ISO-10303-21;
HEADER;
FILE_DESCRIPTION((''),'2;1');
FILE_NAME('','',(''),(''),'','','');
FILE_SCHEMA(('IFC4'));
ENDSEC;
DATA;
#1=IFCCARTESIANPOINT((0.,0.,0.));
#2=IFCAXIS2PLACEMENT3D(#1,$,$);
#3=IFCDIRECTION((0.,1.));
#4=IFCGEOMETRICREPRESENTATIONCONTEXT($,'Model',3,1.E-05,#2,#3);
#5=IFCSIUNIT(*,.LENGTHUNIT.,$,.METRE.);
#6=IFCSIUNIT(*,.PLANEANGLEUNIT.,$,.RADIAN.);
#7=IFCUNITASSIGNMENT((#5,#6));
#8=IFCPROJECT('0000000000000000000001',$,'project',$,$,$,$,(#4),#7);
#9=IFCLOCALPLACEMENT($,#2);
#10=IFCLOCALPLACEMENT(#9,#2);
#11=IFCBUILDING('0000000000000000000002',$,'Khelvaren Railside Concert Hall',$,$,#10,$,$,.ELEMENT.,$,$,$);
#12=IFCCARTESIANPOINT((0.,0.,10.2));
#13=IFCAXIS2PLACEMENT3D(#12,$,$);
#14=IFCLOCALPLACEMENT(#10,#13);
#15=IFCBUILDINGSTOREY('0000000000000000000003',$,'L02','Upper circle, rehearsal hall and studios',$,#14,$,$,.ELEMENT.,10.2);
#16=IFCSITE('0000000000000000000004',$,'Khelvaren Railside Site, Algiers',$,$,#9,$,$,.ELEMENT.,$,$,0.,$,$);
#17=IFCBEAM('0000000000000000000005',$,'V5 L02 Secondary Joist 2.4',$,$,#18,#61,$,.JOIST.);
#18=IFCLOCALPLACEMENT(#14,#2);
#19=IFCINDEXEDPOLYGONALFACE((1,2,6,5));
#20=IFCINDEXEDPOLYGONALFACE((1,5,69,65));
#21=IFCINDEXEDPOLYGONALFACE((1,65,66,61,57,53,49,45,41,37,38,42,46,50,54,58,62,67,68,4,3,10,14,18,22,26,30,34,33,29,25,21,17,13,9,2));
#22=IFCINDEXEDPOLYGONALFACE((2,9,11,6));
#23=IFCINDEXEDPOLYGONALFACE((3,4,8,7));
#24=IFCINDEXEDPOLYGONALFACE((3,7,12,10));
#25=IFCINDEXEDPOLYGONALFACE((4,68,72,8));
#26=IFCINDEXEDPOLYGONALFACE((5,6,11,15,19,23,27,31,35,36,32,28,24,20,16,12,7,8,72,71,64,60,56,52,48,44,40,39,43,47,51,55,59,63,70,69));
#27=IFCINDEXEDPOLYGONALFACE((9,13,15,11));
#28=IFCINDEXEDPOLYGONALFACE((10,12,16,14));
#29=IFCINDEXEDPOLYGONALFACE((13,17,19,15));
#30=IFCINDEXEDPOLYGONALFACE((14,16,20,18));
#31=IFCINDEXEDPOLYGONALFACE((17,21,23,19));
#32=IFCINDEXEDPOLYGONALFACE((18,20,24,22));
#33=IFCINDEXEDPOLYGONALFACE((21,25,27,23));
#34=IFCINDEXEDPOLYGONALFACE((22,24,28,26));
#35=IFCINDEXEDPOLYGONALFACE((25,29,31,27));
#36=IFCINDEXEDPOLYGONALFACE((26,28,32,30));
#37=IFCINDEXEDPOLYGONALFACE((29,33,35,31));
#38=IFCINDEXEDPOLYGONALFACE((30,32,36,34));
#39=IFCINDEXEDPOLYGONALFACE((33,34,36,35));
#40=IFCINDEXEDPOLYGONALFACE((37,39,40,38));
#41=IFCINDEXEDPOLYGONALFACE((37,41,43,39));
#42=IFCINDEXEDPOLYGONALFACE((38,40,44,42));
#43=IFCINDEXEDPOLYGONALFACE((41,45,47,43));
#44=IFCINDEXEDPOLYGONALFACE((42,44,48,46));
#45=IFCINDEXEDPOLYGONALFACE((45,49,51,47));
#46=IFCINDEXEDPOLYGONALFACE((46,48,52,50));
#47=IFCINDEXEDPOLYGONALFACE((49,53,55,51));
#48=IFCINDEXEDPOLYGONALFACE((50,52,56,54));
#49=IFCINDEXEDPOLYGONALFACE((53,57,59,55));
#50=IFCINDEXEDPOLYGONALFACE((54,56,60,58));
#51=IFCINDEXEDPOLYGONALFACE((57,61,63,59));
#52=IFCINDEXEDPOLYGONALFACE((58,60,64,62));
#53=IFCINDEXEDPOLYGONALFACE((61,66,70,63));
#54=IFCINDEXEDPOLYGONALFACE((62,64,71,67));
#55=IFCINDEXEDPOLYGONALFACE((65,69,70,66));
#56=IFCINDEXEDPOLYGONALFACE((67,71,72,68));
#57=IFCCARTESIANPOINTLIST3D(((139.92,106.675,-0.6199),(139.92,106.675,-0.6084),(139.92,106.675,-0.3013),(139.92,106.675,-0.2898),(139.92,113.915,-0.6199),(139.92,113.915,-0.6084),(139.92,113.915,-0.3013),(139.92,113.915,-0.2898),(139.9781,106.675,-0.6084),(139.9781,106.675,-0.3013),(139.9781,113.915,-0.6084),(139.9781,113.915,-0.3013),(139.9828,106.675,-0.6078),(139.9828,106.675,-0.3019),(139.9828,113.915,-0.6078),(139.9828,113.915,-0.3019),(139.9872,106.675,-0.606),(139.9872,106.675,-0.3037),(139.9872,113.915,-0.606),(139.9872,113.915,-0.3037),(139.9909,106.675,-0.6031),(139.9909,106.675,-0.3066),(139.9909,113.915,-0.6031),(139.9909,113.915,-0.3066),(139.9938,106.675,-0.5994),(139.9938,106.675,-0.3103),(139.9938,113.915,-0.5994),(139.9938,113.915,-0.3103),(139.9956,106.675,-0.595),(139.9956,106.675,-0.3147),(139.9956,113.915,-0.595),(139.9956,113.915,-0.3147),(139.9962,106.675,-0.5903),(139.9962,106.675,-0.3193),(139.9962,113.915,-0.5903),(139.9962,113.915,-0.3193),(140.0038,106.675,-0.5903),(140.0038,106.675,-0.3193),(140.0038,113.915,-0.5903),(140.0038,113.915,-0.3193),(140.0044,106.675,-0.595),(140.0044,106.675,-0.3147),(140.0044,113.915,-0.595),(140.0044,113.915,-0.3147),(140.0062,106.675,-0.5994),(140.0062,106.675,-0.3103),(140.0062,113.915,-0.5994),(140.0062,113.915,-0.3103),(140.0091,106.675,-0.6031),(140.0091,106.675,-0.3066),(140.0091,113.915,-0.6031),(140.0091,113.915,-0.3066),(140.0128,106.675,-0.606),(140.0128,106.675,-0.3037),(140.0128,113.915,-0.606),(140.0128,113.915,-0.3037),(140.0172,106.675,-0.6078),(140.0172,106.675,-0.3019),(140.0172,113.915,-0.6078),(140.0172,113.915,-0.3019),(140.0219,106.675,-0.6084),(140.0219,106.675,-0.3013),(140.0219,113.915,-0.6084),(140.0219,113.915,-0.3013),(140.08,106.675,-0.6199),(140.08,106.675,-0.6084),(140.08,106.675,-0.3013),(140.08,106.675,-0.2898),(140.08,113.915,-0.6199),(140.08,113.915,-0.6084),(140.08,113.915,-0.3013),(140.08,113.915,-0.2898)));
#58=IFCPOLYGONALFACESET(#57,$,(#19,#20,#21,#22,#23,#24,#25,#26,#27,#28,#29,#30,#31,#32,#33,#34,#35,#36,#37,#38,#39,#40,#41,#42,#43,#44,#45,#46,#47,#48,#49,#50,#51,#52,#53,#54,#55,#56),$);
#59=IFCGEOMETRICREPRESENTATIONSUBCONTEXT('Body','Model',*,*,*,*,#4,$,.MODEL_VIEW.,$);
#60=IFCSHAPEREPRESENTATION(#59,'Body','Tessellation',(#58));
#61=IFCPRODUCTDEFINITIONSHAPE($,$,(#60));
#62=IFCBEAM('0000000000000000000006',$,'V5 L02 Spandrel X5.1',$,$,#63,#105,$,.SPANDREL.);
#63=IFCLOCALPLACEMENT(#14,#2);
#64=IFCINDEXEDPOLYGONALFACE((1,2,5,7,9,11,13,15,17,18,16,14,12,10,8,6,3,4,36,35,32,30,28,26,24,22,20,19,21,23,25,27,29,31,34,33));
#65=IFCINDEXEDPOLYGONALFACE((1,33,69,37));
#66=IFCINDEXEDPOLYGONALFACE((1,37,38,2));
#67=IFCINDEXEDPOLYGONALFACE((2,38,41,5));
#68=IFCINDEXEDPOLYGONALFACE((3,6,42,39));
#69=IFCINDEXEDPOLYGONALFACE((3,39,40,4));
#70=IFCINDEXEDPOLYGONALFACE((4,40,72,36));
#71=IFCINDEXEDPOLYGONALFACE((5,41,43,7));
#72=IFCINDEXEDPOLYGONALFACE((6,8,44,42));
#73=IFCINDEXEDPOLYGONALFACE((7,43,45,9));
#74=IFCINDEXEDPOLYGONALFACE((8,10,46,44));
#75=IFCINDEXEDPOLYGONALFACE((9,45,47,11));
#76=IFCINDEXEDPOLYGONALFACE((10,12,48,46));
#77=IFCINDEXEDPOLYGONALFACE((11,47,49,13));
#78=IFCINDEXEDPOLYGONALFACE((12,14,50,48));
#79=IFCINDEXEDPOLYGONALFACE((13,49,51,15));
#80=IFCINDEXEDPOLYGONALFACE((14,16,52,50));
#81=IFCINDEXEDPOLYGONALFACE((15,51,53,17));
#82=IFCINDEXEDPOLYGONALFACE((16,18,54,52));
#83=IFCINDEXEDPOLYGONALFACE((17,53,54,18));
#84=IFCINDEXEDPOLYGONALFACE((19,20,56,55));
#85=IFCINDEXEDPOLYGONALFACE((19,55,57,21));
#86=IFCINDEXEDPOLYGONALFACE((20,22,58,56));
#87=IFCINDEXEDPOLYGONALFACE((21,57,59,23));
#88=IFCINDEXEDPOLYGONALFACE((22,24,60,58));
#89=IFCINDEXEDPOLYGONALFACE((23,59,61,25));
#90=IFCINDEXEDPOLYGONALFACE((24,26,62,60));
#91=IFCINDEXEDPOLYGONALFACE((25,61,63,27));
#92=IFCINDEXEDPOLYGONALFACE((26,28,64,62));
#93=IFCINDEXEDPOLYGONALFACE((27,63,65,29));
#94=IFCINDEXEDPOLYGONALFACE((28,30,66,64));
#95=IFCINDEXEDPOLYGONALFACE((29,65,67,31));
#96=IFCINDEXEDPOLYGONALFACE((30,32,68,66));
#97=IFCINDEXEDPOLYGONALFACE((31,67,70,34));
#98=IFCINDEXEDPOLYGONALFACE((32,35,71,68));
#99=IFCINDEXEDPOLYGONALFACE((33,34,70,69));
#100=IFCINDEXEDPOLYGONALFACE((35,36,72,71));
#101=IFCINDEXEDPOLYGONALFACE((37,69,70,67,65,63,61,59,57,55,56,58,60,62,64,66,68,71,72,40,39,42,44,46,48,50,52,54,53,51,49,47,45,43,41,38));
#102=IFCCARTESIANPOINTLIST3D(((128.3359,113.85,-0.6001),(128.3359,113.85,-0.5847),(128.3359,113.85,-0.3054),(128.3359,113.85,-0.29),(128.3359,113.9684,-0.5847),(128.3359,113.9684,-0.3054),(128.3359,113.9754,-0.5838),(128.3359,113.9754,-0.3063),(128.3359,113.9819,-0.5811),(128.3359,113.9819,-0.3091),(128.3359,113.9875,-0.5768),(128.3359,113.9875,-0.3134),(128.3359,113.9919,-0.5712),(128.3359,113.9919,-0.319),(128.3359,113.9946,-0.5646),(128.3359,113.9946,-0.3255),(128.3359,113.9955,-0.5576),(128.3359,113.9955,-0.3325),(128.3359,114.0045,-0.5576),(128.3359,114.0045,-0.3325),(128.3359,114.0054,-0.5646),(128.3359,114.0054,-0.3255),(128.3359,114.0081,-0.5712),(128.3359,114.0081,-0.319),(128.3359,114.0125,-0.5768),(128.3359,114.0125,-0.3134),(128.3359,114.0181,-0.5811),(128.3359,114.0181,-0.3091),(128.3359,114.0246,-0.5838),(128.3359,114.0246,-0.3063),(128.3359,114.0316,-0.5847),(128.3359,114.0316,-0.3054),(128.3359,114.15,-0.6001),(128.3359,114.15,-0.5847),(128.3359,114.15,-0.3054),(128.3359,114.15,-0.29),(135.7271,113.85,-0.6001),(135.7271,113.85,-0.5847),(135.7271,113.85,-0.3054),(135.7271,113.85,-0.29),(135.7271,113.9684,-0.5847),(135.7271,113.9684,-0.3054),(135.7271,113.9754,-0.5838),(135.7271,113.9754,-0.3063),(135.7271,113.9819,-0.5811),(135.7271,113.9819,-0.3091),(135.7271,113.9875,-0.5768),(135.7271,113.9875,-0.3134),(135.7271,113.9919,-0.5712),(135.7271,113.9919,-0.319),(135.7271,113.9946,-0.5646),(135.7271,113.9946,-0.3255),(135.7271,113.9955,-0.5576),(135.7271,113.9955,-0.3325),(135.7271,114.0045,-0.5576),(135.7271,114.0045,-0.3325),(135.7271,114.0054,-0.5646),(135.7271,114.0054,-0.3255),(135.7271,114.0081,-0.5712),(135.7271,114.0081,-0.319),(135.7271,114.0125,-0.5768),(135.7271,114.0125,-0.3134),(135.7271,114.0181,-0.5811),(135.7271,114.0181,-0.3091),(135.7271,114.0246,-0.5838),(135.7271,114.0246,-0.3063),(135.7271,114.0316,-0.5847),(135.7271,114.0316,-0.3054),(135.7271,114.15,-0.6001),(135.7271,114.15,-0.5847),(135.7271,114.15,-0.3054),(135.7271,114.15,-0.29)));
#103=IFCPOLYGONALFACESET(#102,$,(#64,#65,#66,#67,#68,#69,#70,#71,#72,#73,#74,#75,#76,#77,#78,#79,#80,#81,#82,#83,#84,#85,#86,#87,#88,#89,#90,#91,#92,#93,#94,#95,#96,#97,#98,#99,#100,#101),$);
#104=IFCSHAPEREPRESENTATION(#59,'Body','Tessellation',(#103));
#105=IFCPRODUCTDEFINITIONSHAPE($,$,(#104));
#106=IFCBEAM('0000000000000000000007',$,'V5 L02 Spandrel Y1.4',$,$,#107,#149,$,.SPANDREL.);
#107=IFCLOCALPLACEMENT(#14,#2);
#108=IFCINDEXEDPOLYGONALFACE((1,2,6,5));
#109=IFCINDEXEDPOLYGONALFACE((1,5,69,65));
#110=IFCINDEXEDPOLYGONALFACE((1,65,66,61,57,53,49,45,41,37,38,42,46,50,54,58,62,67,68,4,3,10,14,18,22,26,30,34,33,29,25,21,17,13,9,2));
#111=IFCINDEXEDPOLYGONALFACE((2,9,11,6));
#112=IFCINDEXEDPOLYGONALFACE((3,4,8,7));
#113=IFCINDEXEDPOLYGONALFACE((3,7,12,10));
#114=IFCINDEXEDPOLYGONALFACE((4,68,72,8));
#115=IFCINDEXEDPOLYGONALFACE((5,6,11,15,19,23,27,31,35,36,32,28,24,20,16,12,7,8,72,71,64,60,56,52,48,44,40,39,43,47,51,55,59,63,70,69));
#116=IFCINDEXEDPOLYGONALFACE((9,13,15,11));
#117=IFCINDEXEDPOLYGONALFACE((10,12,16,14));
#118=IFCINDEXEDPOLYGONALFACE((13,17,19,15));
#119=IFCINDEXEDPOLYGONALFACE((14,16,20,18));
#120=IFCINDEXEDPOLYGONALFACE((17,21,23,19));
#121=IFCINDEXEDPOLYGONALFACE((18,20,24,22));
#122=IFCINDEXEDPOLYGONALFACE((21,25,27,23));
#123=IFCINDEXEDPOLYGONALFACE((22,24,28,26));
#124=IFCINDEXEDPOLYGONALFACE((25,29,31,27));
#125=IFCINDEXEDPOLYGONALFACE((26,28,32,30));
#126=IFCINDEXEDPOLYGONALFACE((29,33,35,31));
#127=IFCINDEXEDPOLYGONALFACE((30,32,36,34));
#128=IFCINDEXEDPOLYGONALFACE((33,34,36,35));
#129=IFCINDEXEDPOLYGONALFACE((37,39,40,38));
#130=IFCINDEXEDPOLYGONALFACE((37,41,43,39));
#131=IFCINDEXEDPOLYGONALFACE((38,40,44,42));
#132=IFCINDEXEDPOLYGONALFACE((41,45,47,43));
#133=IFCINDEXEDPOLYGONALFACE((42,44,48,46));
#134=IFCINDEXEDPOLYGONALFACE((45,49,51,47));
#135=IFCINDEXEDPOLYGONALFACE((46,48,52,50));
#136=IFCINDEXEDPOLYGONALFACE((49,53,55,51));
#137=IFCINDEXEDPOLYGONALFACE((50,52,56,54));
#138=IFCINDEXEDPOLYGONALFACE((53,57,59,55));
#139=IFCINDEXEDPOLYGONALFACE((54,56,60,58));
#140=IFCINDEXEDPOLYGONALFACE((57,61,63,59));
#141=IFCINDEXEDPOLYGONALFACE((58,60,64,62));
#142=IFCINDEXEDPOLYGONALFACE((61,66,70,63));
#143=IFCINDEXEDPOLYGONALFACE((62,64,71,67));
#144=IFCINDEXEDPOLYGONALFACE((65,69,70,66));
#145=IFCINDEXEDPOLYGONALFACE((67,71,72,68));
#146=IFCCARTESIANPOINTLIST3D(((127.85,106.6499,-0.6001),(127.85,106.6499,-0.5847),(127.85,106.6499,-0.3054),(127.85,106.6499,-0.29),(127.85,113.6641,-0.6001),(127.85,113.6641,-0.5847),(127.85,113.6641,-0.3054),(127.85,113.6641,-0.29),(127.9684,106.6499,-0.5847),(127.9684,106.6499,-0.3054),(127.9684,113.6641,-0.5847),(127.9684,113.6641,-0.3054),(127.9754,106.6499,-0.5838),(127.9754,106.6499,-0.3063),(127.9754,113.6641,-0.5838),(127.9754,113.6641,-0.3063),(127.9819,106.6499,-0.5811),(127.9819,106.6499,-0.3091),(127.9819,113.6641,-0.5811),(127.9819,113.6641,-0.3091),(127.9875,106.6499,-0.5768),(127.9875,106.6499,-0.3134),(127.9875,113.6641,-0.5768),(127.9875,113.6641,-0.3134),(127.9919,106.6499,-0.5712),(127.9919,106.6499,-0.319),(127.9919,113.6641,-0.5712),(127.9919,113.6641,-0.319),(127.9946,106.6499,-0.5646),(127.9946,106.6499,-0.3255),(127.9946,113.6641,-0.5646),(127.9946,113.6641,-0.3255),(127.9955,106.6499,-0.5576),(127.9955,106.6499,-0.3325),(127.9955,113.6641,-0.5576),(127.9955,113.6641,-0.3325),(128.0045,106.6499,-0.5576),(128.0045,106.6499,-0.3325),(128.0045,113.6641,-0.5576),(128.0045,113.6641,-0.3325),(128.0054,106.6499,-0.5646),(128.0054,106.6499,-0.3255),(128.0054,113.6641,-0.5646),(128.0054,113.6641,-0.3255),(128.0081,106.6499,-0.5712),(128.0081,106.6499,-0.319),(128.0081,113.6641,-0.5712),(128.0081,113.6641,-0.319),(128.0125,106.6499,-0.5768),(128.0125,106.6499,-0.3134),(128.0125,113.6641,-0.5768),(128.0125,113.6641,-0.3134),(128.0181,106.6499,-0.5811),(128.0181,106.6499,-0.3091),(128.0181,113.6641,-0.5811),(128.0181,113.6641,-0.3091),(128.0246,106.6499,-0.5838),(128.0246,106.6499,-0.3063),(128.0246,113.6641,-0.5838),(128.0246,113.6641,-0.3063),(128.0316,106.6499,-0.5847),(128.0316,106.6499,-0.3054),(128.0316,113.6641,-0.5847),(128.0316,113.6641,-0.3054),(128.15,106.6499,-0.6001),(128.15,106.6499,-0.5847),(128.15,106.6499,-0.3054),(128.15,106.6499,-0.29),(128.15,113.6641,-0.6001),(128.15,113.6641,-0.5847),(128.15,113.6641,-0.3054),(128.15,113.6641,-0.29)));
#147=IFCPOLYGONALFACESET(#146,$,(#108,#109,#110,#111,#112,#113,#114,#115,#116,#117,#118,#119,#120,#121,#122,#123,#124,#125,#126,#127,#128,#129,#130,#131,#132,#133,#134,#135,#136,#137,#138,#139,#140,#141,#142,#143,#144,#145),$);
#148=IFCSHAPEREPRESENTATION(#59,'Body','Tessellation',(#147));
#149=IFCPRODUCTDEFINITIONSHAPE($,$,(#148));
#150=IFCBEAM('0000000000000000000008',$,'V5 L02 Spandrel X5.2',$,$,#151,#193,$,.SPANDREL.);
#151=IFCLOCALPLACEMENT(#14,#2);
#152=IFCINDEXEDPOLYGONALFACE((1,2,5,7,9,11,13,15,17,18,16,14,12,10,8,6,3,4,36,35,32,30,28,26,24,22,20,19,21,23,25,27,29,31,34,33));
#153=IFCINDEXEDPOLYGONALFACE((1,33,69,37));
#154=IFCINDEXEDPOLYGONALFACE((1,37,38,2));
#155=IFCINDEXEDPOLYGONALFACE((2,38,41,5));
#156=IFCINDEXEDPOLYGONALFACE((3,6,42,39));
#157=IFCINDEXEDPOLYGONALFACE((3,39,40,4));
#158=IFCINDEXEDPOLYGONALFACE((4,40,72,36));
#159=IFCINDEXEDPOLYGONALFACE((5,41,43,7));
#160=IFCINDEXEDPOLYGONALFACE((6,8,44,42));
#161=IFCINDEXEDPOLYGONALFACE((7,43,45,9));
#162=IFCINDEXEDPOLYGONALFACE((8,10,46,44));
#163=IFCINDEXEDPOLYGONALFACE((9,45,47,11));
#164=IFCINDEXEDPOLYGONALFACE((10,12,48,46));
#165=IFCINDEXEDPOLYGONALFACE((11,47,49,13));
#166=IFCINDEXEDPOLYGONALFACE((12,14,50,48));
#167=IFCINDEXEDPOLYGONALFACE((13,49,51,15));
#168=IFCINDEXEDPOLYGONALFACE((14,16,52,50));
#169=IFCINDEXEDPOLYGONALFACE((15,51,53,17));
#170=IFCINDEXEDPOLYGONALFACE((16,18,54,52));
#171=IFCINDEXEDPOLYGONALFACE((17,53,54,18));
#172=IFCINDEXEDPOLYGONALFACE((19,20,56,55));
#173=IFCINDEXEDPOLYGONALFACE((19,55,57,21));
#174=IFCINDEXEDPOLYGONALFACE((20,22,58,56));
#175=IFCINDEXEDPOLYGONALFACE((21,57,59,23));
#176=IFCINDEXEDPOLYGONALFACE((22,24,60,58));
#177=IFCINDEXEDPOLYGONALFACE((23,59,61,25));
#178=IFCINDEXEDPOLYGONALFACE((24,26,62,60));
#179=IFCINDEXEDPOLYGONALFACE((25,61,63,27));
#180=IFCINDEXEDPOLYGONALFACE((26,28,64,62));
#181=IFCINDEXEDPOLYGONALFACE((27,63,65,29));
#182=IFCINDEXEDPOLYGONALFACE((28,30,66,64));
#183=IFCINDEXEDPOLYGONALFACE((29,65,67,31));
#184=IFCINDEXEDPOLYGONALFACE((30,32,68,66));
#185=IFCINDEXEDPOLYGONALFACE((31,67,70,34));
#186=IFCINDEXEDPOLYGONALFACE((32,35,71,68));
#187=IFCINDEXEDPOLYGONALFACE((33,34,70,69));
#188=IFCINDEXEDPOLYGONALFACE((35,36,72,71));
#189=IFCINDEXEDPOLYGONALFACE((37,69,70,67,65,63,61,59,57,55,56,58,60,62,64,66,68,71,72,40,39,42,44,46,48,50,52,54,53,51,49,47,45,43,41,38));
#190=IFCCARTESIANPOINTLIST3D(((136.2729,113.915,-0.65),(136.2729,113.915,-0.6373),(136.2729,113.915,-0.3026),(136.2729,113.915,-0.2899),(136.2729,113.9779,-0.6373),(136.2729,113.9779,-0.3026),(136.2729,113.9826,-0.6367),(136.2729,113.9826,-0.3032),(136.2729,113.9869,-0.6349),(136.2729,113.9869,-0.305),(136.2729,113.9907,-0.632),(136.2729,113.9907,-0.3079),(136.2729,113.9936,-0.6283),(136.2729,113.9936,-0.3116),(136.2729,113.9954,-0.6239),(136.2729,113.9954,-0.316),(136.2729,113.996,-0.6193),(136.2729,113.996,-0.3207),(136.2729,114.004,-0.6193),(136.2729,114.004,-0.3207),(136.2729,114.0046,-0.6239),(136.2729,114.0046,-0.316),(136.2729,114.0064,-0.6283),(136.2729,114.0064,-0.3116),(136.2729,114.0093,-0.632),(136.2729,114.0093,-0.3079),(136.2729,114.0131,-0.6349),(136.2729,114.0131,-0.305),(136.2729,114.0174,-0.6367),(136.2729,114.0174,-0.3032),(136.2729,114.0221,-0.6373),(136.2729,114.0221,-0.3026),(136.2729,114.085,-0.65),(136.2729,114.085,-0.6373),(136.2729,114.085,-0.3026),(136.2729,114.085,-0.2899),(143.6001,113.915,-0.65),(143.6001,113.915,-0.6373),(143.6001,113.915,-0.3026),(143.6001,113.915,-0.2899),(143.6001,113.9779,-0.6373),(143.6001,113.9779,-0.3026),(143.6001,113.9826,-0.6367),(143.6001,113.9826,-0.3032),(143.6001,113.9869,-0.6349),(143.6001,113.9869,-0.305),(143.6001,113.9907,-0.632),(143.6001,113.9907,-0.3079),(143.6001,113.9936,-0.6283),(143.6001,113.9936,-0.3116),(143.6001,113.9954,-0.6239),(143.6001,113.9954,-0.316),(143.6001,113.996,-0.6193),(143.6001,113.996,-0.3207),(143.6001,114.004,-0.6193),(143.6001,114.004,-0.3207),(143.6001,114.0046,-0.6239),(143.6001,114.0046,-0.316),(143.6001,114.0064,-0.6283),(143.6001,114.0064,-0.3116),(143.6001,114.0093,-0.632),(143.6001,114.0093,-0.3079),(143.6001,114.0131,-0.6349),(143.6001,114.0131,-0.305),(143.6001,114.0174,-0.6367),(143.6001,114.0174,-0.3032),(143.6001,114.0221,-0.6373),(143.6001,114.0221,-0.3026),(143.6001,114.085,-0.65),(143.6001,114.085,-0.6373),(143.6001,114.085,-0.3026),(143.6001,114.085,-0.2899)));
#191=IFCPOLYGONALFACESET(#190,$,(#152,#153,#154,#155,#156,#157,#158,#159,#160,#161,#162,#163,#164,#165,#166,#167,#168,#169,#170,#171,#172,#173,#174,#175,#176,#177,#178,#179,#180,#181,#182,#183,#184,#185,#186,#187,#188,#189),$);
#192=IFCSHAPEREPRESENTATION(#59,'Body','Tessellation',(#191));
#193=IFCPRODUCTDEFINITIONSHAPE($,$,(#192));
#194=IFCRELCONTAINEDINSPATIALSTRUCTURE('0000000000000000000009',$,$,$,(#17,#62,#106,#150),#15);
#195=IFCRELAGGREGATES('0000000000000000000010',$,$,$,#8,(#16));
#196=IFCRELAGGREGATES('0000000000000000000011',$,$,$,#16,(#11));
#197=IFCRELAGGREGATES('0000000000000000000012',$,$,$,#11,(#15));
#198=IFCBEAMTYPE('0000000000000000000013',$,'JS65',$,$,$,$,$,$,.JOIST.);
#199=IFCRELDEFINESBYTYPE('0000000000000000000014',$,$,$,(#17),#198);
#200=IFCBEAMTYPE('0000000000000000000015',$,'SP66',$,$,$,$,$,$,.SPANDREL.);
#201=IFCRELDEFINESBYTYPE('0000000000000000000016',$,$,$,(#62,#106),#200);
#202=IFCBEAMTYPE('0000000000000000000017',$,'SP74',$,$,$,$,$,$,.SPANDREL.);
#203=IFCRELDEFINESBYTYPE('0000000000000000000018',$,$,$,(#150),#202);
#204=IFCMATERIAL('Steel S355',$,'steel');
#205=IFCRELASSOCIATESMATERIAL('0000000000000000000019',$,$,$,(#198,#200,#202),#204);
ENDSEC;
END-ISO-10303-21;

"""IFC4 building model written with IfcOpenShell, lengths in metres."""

from ifc_helpers import new_model, si_unit, direction, frame, origin, origin_2d, place, context, subcontext, project, spatial, i_section, extrude, material, material_profile, profile_set, type_object, element, save


model = new_model("IFC4")

# Units and contexts
model_context = context("Model", 3, precision=1e-05, world=origin(), true_north=direction((0.0, 1.0)))
body_context = subcontext(model_context, "Body", "Model", "MODEL_VIEW")
ifc_project = project(units=[si_unit("LENGTHUNIT", "METRE"), si_unit("PLANEANGLEUNIT", "RADIAN")], contexts=[model_context])

# Site, building, storey
site_placement = place(None, origin())
site = spatial("IfcSite", under=ifc_project, at=site_placement, Name="Khelvaren Railside Site, Algiers", CompositionType="ELEMENT", RefElevation=0.0)
building_placement = place(site_placement, origin())
building = spatial("IfcBuilding", under=site, at=building_placement, Name="Khelvaren Railside Concert Hall", CompositionType="ELEMENT")
storey_placement = place(building_placement, frame((0.0, 0.0, 10.2)))
storey = spatial("IfcBuildingStorey", under=building, at=storey_placement, Name="L02", Description="Upper circle, rehearsal hall and studios", CompositionType="ELEMENT", Elevation=10.2)

# Beams
ifc_material_1 = material(Name="Steel S355", Category="steel")
ifc_material_profile_1 = material_profile(ifc_material_1, i_section(OverallWidth=0.1599, OverallDepth=0.3301, WebThickness=0.0076, FlangeThickness=0.0115, FilletRadius=0.0181, at=origin_2d()), Name="IPE 330")
ifc_profile_set_1 = profile_set([ifc_material_profile_1], Name="Steel S355")
beam_type_1 = type_object("IfcBeamType", Name="JS65", PredefinedType="JOIST", material=ifc_profile_set_1)
beam_1_placement = place(storey_placement, frame((140.0, 106.675, -0.4548), z_axis=(0.0, 1.0, 0.0), x_axis=(-1.0, 0.0, 0.0)))
element("IfcBeam", 1, at=beam_1_placement, inside=storey, type_object=beam_type_1, Name="V5 L02 Secondary Joist 2.4", PredefinedType="JOIST", context=body_context, shape_type="SweptSolid", body=[
    extrude(i_section(OverallWidth=0.1599, OverallDepth=0.3301, WebThickness=0.0076, FlangeThickness=0.0115, FilletRadius=0.0181, at=origin_2d()), origin(), (0.0, 0.0, 1.0), 7.24),
])
ifc_material_profile_2 = material_profile(ifc_material_1, i_section(OverallWidth=0.3, OverallDepth=0.3101, WebThickness=0.009, FlangeThickness=0.0154, FilletRadius=0.0271, at=origin_2d()), Name="HEA 320")
ifc_profile_set_2 = profile_set([ifc_material_profile_2], Name="Steel S355")
beam_type_2 = type_object("IfcBeamType", Name="SP66", PredefinedType="SPANDREL", material=ifc_profile_set_2)
beam_2_placement = place(storey_placement, frame((128.3359, 114.0, -0.4451), z_axis=(1.0, 0.0, 0.0), x_axis=(0.0, 1.0, 0.0)))
element("IfcBeam", 2, at=beam_2_placement, inside=storey, type_object=beam_type_2, Name="V5 L02 Spandrel X5.1", PredefinedType="SPANDREL", context=body_context, shape_type="SweptSolid", body=[
    extrude(i_section(OverallWidth=0.3, OverallDepth=0.3101, WebThickness=0.009, FlangeThickness=0.0154, FilletRadius=0.0271, at=origin_2d()), origin(), (0.0, 0.0, 1.0), 7.3911),
])
beam_3_placement = place(storey_placement, frame((128.0, 106.6499, -0.4451), z_axis=(0.0, 1.0, 0.0), x_axis=(-1.0, 0.0, 0.0)))
element("IfcBeam", 3, at=beam_3_placement, inside=storey, type_object=beam_type_2, Name="V5 L02 Spandrel Y1.4", PredefinedType="SPANDREL", context=body_context, shape_type="SweptSolid", body=[
    extrude(i_section(OverallWidth=0.3, OverallDepth=0.3101, WebThickness=0.009, FlangeThickness=0.0154, FilletRadius=0.0271, at=origin_2d()), origin(), (0.0, 0.0, 1.0), 7.0142),
])
ifc_material_profile_3 = material_profile(ifc_material_1, i_section(OverallWidth=0.1699, OverallDepth=0.3601, WebThickness=0.0081, FlangeThickness=0.0127, FilletRadius=0.0181, at=origin_2d()), Name="IPE 360")
ifc_profile_set_3 = profile_set([ifc_material_profile_3], Name="Steel S355")
beam_type_3 = type_object("IfcBeamType", Name="SP74", PredefinedType="SPANDREL", material=ifc_profile_set_3)
beam_4_placement = place(storey_placement, frame((136.2729, 114.0, -0.47), z_axis=(1.0, 0.0, 0.0), x_axis=(0.0, 1.0, 0.0)))
element("IfcBeam", 4, at=beam_4_placement, inside=storey, type_object=beam_type_3, Name="V5 L02 Spandrel X5.2", PredefinedType="SPANDREL", context=body_context, shape_type="SweptSolid", body=[
    extrude(i_section(OverallWidth=0.1699, OverallDepth=0.3601, WebThickness=0.0081, FlangeThickness=0.0127, FilletRadius=0.0181, at=origin_2d()), origin(), (0.0, 0.0, 1.0), 7.3271),
])

save(model, "model.ifc")
